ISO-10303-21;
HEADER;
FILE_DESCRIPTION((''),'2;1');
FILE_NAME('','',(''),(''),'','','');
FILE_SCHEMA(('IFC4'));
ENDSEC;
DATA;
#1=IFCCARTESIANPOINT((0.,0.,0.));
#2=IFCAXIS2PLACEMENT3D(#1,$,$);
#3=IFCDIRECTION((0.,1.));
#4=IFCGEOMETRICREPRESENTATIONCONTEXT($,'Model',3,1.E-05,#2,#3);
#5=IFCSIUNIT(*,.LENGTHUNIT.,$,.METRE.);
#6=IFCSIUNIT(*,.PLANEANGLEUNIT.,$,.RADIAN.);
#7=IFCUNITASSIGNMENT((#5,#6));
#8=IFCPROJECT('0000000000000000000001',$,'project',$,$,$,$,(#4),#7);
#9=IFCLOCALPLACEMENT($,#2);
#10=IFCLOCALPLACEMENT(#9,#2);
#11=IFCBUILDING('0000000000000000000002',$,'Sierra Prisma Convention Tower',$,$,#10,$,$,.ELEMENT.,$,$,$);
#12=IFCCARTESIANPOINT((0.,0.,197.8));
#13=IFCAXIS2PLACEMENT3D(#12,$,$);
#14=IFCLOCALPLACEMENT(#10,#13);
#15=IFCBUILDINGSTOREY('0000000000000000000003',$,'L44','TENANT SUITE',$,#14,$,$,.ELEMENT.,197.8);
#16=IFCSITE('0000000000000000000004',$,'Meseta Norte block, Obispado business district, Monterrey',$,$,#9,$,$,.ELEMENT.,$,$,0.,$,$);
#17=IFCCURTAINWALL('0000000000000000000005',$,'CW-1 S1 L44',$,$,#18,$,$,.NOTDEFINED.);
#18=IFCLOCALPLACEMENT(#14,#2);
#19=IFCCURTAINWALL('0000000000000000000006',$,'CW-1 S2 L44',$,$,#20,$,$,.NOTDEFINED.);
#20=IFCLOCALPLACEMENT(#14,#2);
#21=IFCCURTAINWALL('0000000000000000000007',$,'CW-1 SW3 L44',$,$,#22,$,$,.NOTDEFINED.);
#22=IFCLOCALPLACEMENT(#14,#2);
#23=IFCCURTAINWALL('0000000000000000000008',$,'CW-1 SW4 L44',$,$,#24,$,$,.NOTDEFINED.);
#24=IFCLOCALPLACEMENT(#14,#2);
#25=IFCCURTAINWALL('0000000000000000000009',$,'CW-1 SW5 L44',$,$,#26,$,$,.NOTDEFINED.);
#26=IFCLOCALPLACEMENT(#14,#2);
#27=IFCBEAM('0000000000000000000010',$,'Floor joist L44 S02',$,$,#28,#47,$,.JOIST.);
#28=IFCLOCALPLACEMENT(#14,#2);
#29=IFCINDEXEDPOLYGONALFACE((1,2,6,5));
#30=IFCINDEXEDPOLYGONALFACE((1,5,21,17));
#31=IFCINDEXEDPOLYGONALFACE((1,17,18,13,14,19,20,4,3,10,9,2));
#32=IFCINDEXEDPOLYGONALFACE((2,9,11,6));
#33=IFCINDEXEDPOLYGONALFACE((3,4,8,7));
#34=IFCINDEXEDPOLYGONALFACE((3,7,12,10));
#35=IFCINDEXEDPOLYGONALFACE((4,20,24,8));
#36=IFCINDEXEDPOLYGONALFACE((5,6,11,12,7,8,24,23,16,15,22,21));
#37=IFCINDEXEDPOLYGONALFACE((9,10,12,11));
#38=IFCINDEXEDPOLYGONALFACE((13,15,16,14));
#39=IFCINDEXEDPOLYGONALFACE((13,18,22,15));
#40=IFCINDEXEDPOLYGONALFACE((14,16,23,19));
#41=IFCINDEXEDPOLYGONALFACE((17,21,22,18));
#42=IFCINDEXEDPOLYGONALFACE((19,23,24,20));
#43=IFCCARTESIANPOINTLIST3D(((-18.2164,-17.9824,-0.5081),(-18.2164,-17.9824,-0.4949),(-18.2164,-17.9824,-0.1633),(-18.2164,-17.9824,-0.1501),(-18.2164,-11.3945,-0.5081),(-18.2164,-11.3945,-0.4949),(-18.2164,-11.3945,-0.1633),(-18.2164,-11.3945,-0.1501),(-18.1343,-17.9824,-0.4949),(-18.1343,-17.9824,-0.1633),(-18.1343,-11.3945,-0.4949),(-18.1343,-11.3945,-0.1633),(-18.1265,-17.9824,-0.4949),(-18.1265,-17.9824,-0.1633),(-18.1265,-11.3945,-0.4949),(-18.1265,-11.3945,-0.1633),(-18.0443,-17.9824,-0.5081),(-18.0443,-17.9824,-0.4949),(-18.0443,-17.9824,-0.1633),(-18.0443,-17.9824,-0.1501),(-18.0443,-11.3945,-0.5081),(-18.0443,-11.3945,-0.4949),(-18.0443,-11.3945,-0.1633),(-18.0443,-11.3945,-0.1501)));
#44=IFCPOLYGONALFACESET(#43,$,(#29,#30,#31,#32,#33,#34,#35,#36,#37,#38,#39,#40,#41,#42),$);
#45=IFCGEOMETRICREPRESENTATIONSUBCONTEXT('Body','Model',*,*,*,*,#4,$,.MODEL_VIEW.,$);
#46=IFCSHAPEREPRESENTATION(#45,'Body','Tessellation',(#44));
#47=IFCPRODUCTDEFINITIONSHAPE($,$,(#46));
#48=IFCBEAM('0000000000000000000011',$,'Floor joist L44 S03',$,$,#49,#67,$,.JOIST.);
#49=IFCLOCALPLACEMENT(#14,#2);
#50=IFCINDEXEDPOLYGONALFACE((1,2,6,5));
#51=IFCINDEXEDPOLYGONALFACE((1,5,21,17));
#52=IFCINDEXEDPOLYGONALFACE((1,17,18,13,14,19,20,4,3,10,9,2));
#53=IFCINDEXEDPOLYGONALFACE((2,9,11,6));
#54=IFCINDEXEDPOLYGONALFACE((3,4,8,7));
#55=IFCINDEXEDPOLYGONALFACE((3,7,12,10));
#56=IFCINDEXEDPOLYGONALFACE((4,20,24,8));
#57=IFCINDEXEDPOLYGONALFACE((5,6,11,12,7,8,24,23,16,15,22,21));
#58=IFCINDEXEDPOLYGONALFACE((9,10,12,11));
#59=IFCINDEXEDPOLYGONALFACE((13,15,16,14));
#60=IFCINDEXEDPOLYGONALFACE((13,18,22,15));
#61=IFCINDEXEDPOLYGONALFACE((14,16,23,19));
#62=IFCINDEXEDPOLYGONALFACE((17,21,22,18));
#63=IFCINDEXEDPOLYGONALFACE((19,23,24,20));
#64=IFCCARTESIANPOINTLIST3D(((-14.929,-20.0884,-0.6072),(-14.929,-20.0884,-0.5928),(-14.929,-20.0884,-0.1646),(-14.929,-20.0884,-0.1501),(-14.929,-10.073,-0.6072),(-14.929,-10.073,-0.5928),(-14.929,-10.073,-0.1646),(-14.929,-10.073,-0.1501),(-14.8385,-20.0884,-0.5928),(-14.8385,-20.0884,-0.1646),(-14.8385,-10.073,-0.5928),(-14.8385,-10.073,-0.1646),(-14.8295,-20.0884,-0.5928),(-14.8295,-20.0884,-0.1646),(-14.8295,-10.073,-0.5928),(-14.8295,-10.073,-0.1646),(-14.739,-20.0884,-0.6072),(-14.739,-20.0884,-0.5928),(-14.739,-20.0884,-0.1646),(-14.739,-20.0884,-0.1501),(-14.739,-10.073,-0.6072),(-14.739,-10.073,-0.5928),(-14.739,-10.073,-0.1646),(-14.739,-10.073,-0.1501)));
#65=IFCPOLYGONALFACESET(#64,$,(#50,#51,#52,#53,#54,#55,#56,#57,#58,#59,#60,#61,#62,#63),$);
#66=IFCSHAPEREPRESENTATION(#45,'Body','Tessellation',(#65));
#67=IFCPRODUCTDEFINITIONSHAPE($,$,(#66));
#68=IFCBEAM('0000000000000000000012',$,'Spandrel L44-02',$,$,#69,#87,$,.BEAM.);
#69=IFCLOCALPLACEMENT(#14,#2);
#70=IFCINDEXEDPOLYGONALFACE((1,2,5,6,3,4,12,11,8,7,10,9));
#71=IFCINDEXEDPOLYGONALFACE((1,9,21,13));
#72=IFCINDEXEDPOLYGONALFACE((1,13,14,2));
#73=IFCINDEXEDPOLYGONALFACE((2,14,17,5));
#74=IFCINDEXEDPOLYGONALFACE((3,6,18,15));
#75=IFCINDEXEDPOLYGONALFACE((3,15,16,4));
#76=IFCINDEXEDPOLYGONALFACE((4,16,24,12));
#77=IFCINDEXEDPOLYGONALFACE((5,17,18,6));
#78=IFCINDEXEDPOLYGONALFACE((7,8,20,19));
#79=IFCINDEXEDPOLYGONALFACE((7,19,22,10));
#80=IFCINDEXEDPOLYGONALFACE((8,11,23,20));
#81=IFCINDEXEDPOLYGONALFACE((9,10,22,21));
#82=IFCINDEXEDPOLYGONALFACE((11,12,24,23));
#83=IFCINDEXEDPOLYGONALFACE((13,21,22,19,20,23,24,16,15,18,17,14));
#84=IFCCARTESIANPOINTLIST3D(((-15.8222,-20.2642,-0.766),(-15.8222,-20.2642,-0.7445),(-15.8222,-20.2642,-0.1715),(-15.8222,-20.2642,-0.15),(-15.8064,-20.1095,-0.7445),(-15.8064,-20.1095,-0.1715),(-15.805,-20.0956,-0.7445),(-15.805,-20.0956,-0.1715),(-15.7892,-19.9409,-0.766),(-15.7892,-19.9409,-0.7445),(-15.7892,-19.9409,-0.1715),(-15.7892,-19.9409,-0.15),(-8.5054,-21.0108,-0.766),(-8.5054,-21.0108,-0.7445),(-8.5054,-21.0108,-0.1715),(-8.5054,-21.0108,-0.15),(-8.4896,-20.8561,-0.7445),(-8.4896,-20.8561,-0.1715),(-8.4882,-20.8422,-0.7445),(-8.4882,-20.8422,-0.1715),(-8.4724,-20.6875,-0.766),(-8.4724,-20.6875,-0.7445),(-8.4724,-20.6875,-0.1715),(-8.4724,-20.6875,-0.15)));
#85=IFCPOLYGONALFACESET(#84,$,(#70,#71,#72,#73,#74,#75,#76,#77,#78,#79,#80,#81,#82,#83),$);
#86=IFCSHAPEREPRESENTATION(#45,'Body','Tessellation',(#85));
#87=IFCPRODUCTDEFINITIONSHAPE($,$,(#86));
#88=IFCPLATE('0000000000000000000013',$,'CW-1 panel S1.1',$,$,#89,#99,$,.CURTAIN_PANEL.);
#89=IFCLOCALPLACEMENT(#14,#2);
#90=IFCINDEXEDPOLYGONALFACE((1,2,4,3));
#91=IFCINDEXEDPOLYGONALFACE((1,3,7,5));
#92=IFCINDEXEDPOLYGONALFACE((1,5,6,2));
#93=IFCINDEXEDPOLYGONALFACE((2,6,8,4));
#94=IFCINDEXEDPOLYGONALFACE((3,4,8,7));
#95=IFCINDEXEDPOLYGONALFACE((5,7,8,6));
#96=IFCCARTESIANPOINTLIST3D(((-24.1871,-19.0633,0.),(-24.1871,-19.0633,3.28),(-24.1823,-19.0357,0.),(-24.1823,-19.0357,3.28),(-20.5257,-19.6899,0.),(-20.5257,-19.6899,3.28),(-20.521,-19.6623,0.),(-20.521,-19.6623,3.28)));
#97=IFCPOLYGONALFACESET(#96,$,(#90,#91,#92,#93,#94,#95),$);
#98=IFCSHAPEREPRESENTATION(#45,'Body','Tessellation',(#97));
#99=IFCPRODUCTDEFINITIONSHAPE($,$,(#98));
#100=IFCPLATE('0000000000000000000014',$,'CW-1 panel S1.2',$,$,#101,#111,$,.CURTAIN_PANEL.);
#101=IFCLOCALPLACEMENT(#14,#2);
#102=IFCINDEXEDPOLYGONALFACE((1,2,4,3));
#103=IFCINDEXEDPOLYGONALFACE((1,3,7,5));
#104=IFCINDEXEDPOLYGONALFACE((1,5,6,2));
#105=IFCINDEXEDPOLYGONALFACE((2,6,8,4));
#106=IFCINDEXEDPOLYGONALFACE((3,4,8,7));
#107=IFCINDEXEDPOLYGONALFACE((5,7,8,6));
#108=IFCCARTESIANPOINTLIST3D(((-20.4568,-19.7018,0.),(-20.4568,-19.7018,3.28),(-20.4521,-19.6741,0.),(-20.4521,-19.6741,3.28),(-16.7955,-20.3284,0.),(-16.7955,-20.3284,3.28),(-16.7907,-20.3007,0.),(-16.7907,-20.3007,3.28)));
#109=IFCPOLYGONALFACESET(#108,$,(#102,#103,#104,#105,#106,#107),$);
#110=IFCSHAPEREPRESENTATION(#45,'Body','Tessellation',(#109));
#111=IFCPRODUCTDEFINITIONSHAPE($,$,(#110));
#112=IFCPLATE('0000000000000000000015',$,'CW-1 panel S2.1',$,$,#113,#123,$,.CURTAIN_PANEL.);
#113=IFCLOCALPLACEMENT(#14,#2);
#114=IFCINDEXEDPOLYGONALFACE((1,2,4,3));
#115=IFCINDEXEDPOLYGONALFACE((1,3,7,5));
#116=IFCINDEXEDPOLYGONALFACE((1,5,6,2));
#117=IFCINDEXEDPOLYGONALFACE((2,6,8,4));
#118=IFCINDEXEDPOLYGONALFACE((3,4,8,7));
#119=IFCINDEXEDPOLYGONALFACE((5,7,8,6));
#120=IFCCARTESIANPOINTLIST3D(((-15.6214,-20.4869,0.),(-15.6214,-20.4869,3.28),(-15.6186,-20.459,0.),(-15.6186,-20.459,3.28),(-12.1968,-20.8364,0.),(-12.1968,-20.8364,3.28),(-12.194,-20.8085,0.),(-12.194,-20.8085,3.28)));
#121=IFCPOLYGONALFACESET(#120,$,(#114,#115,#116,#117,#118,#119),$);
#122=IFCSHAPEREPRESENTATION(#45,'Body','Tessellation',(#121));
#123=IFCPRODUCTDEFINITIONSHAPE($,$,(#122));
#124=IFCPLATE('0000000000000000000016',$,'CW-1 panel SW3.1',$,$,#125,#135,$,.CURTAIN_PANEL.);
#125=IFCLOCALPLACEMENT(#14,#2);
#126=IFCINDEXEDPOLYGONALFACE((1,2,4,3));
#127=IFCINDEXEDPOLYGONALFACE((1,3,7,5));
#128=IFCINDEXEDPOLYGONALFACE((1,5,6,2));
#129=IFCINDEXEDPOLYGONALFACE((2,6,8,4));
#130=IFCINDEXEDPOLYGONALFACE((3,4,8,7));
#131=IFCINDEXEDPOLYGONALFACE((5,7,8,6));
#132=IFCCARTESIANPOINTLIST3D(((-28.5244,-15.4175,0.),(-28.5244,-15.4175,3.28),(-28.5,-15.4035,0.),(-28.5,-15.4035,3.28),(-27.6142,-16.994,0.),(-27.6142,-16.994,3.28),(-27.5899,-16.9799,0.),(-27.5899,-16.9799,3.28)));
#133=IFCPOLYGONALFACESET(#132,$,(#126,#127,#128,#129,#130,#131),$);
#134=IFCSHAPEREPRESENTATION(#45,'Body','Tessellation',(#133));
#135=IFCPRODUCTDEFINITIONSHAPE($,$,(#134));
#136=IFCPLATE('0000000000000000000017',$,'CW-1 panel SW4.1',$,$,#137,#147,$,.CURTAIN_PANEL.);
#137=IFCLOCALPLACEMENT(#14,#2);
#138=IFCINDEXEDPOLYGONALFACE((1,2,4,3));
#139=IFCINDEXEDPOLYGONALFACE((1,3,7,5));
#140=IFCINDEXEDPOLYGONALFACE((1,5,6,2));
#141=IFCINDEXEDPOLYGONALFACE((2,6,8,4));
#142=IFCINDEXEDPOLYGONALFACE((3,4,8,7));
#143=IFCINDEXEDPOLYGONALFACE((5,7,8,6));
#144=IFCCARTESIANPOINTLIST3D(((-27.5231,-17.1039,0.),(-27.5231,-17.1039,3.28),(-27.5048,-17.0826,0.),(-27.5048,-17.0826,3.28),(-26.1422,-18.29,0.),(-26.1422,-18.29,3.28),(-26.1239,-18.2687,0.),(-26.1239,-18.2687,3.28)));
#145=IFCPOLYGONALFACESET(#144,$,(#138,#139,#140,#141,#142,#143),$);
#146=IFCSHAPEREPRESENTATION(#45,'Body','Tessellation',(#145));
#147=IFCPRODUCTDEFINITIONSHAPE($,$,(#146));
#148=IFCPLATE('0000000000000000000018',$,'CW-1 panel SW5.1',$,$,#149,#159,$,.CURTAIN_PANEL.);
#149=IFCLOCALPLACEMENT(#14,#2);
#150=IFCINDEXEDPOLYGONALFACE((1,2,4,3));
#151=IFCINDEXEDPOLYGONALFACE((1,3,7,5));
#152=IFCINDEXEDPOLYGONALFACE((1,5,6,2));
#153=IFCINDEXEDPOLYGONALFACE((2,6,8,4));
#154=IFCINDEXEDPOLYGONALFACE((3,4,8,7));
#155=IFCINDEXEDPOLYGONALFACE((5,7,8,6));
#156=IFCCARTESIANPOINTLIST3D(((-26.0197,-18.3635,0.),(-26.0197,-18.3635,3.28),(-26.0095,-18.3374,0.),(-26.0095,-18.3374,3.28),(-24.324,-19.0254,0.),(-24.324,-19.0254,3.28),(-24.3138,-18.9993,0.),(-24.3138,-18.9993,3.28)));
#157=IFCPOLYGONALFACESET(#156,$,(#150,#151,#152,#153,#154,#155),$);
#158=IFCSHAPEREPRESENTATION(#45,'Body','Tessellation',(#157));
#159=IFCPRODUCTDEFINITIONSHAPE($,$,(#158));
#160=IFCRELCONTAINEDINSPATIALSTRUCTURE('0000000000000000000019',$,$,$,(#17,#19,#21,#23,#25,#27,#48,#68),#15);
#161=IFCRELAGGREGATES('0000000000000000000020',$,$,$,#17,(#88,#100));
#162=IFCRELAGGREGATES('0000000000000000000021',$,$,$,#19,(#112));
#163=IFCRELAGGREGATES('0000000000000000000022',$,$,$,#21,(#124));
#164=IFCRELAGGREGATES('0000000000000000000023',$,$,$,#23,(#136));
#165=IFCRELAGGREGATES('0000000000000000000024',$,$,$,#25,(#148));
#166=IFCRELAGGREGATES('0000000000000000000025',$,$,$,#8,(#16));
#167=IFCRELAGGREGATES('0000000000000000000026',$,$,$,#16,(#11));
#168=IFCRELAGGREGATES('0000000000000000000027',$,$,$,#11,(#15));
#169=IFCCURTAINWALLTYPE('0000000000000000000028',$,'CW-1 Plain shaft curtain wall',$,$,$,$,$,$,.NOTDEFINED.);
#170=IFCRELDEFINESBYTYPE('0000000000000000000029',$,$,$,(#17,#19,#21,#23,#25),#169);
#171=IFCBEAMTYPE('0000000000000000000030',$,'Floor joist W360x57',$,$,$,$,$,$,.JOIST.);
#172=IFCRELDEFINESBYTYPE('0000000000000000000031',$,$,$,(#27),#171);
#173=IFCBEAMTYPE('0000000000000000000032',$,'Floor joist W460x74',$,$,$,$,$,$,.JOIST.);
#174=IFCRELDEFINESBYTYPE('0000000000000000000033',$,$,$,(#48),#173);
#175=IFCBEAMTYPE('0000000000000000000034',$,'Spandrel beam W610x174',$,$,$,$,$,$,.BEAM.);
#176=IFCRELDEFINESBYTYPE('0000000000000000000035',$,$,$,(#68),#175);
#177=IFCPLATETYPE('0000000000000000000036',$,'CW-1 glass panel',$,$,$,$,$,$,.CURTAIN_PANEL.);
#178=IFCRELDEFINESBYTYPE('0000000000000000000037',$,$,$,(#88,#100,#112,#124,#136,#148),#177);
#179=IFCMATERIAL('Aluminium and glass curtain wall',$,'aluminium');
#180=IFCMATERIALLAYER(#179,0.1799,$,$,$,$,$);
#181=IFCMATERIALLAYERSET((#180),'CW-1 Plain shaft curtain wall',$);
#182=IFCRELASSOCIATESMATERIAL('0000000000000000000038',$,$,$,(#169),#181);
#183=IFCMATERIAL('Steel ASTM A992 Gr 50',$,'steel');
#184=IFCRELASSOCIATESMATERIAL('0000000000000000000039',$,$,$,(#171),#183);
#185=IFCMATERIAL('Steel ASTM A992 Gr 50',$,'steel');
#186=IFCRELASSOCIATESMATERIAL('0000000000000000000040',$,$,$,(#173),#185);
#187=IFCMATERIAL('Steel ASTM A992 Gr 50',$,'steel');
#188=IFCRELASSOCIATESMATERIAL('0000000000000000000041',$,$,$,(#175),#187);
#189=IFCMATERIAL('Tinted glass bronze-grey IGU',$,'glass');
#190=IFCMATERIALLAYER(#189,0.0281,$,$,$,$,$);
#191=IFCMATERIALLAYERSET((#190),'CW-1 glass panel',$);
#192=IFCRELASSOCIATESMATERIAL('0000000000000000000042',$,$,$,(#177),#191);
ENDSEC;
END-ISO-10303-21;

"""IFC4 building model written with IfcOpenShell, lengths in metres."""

from ifc_helpers import new_model, si_unit, direction, frame, origin, origin_2d, place, context, subcontext, project, spatial, rectangle, i_section, extrude, material, layer, layer_set, material_profile, profile_set, type_object, element, aggregate, save


model = new_model("IFC4")

# Units and contexts
model_context = context("Model", 3, precision=1e-05, world=origin(), true_north=direction((0.0, 1.0)))
body_context = subcontext(model_context, "Body", "Model", "MODEL_VIEW")
ifc_project = project(units=[si_unit("LENGTHUNIT", "METRE"), si_unit("PLANEANGLEUNIT", "RADIAN")], contexts=[model_context])

# Site, building, storey
site_placement = place(None, origin())
site = spatial("IfcSite", under=ifc_project, at=site_placement, Name="Meseta Norte block, Obispado business district, Monterrey", CompositionType="ELEMENT", RefElevation=0.0)
building_placement = place(site_placement, origin())
building = spatial("IfcBuilding", under=site, at=building_placement, Name="Sierra Prisma Convention Tower", CompositionType="ELEMENT")
storey_placement = place(building_placement, frame((0.0, 0.0, 197.8)))
storey = spatial("IfcBuildingStorey", under=building, at=storey_placement, Name="L44", Description="TENANT SUITE", CompositionType="ELEMENT", Elevation=197.8)

# Curtain wall
ifc_material_1 = material(Name="Aluminium and glass curtain wall", Category="aluminium")
ifc_layer_1 = layer(ifc_material_1, 0.1799)
ifc_layer_set_1 = layer_set([ifc_layer_1], Name="CW-1 Plain shaft curtain wall")
curtain_wall_type = type_object("IfcCurtainWallType", Name="CW-1 Plain shaft curtain wall", PredefinedType="NOTDEFINED", material=ifc_layer_set_1)
curtain_wall_1_placement = place(storey_placement, origin())
curtain_wall_1 = element("IfcCurtainWall", 1, at=curtain_wall_1_placement, inside=storey, type_object=curtain_wall_type, Name="CW-1 S1 L44", PredefinedType="NOTDEFINED")

# Curtain walls
curtain_wall_2_placement = place(storey_placement, origin())
curtain_wall_2 = element("IfcCurtainWall", 2, at=curtain_wall_2_placement, inside=storey, type_object=curtain_wall_type, Name="CW-1 S2 L44", PredefinedType="NOTDEFINED")
curtain_wall_3_placement = place(storey_placement, origin())
curtain_wall_3 = element("IfcCurtainWall", 3, at=curtain_wall_3_placement, inside=storey, type_object=curtain_wall_type, Name="CW-1 SW3 L44", PredefinedType="NOTDEFINED")
curtain_wall_4_placement = place(storey_placement, origin())
curtain_wall_4 = element("IfcCurtainWall", 4, at=curtain_wall_4_placement, inside=storey, type_object=curtain_wall_type, Name="CW-1 SW4 L44", PredefinedType="NOTDEFINED")
curtain_wall_5_placement = place(storey_placement, origin())
curtain_wall_5 = element("IfcCurtainWall", 5, at=curtain_wall_5_placement, inside=storey, type_object=curtain_wall_type, Name="CW-1 SW5 L44", PredefinedType="NOTDEFINED")

# Beams
ifc_material_2 = material(Name="Steel ASTM A992 Gr 50", Category="steel")
ifc_material_profile_1 = material_profile(ifc_material_2, i_section(OverallWidth=0.1721, OverallDepth=0.3579, WebThickness=0.0078, FlangeThickness=0.0132, at=origin_2d()), Name="W360x57")
ifc_profile_set_1 = profile_set([ifc_material_profile_1], Name="Steel ASTM A992 Gr 50")
beam_type_1 = type_object("IfcBeamType", Name="Floor joist W360x57", PredefinedType="JOIST", material=ifc_profile_set_1)
beam_1_placement = place(storey_placement, frame((-18.1304, -17.9824, -0.3291), z_axis=(0.0, 1.0, 0.0), x_axis=(-1.0, 0.0, 0.0)))
element("IfcBeam", 6, at=beam_1_placement, inside=storey, type_object=beam_type_1, Name="Floor joist L44 S02", PredefinedType="JOIST", context=body_context, shape_type="SweptSolid", body=[
    extrude(i_section(OverallWidth=0.1721, OverallDepth=0.3579, WebThickness=0.0078, FlangeThickness=0.0132, at=origin_2d()), origin(), (0.0, 0.0, 1.0), 6.5879),
])
ifc_material_3 = material(Name="Steel ASTM A992 Gr 50", Category="steel")
ifc_material_profile_2 = material_profile(ifc_material_3, i_section(OverallWidth=0.1899, OverallDepth=0.457, WebThickness=0.009, FlangeThickness=0.0144, at=origin_2d()), Name="W460x74")
ifc_profile_set_2 = profile_set([ifc_material_profile_2], Name="Steel ASTM A992 Gr 50")
beam_type_2 = type_object("IfcBeamType", Name="Floor joist W460x74", PredefinedType="JOIST", material=ifc_profile_set_2)
beam_2_placement = place(storey_placement, frame((-14.834, -20.0884, -0.3787), z_axis=(0.0, 1.0, 0.0), x_axis=(-1.0, 0.0, 0.0)))
element("IfcBeam", 7, at=beam_2_placement, inside=storey, type_object=beam_type_2, Name="Floor joist L44 S03", PredefinedType="JOIST", context=body_context, shape_type="SweptSolid", body=[
    extrude(i_section(OverallWidth=0.1899, OverallDepth=0.457, WebThickness=0.009, FlangeThickness=0.0144, at=origin_2d()), origin(), (0.0, 0.0, 1.0), 10.0154),
])
ifc_material_4 = material(Name="Steel ASTM A992 Gr 50", Category="steel")
ifc_material_profile_3 = material_profile(ifc_material_4, i_section(OverallWidth=0.325, OverallDepth=0.616, WebThickness=0.0139, FlangeThickness=0.0215, at=origin_2d()), Name="W610x174")
ifc_profile_set_3 = profile_set([ifc_material_profile_3], Name="Steel ASTM A992 Gr 50")
beam_type_3 = type_object("IfcBeamType", Name="Spandrel beam W610x174", PredefinedType="BEAM", material=ifc_profile_set_3)
beam_3_placement = place(storey_placement, frame((-15.8057, -20.1025, -0.458), z_axis=(0.994834, -0.101512, 0.0), x_axis=(0.101512, 0.994834, 0.0)))
element("IfcBeam", 8, at=beam_3_placement, inside=storey, type_object=beam_type_3, Name="Spandrel L44-02", PredefinedType="BEAM", context=body_context, shape_type="SweptSolid", body=[
    extrude(i_section(OverallWidth=0.325, OverallDepth=0.616, WebThickness=0.0139, FlangeThickness=0.0215, at=origin_2d()), origin(), (0.0, 0.0, 1.0), 7.3547),
])

# Plates
ifc_material_5 = material(Name="Tinted glass bronze-grey IGU", Category="glass")
ifc_layer_2 = layer(ifc_material_5, 0.0281)
ifc_layer_set_2 = layer_set([ifc_layer_2], Name="CW-1 glass panel")
plate_type = type_object("IfcPlateType", Name="CW-1 glass panel", PredefinedType="CURTAIN_PANEL", material=ifc_layer_set_2)
plate_1_placement = place(storey_placement, frame((-22.354, -19.3628, 0.0), z_axis=(0.0, 0.0, 1.0), x_axis=(0.98567, -0.168687, 0.0)))
plate_1 = element("IfcPlate", 9, at=plate_1_placement, type_object=plate_type, Name="CW-1 panel S1.1", PredefinedType="CURTAIN_PANEL", context=body_context, shape_type="SweptSolid", body=[
    extrude(rectangle(XDim=3.7146, YDim=0.0281, at=origin_2d()), origin(), (0.0, 0.0, 1.0), 3.28),
])
plate_2_placement = place(storey_placement, frame((-18.6238, -20.0012, 0.0), z_axis=(0.0, 0.0, 1.0), x_axis=(0.98567, -0.168687, 0.0)))
plate_2 = element("IfcPlate", 10, at=plate_2_placement, type_object=plate_type, Name="CW-1 panel S1.2", PredefinedType="CURTAIN_PANEL", context=body_context, shape_type="SweptSolid", body=[
    extrude(rectangle(XDim=3.7146, YDim=0.0281, at=origin_2d()), origin(), (0.0, 0.0, 1.0), 3.28),
])
aggregate(curtain_wall_1, [plate_1, plate_2])
plate_3_placement = place(storey_placement, frame((-13.9077, -20.6477, 0.0), z_axis=(0.0, 0.0, 1.0), x_axis=(0.994833, -0.101523, 0.0)))
plate_3 = element("IfcPlate", 11, at=plate_3_placement, type_object=plate_type, Name="CW-1 panel S2.1", PredefinedType="CURTAIN_PANEL", context=body_context, shape_type="SweptSolid", body=[
    extrude(rectangle(XDim=3.4424, YDim=0.0281, at=origin_2d()), origin(), (0.0, 0.0, 1.0), 3.28),
])
aggregate(curtain_wall_2, [plate_3])
plate_4_placement = place(storey_placement, frame((-28.0571, -16.1987, 0.0), z_axis=(0.0, 0.0, 1.0), x_axis=(0.5, -0.866025, 0.0)))
plate_4 = element("IfcPlate", 12, at=plate_4_placement, type_object=plate_type, Name="CW-1 panel SW3.1", PredefinedType="CURTAIN_PANEL", context=body_context, shape_type="SweptSolid", body=[
    extrude(rectangle(XDim=1.8203, YDim=0.0281, at=origin_2d()), origin(), (0.0, 0.0, 1.0), 3.28),
])
aggregate(curtain_wall_3, [plate_4])
plate_5_placement = place(storey_placement, frame((-26.8235, -17.6863, 0.0), z_axis=(0.0, 0.0, 1.0), x_axis=(0.758572, -0.651589, 0.0)))
plate_5 = element("IfcPlate", 13, at=plate_5_placement, type_object=plate_type, Name="CW-1 panel SW4.1", PredefinedType="CURTAIN_PANEL", context=body_context, shape_type="SweptSolid", body=[
    extrude(rectangle(XDim=1.8203, YDim=0.0281, at=origin_2d()), origin(), (0.0, 0.0, 1.0), 3.28),
])
aggregate(curtain_wall_4, [plate_5])
plate_6_placement = place(storey_placement, frame((-25.1667, -18.6814, 0.0), z_axis=(0.0, 0.0, 1.0), x_axis=(0.931545, -0.363626, 0.0)))
plate_6 = element("IfcPlate", 14, at=plate_6_placement, type_object=plate_type, Name="CW-1 panel SW5.1", PredefinedType="CURTAIN_PANEL", context=body_context, shape_type="SweptSolid", body=[
    extrude(rectangle(XDim=1.8203, YDim=0.0281, at=origin_2d()), origin(), (0.0, 0.0, 1.0), 3.28),
])
aggregate(curtain_wall_5, [plate_6])

save(model, "model.ifc")
